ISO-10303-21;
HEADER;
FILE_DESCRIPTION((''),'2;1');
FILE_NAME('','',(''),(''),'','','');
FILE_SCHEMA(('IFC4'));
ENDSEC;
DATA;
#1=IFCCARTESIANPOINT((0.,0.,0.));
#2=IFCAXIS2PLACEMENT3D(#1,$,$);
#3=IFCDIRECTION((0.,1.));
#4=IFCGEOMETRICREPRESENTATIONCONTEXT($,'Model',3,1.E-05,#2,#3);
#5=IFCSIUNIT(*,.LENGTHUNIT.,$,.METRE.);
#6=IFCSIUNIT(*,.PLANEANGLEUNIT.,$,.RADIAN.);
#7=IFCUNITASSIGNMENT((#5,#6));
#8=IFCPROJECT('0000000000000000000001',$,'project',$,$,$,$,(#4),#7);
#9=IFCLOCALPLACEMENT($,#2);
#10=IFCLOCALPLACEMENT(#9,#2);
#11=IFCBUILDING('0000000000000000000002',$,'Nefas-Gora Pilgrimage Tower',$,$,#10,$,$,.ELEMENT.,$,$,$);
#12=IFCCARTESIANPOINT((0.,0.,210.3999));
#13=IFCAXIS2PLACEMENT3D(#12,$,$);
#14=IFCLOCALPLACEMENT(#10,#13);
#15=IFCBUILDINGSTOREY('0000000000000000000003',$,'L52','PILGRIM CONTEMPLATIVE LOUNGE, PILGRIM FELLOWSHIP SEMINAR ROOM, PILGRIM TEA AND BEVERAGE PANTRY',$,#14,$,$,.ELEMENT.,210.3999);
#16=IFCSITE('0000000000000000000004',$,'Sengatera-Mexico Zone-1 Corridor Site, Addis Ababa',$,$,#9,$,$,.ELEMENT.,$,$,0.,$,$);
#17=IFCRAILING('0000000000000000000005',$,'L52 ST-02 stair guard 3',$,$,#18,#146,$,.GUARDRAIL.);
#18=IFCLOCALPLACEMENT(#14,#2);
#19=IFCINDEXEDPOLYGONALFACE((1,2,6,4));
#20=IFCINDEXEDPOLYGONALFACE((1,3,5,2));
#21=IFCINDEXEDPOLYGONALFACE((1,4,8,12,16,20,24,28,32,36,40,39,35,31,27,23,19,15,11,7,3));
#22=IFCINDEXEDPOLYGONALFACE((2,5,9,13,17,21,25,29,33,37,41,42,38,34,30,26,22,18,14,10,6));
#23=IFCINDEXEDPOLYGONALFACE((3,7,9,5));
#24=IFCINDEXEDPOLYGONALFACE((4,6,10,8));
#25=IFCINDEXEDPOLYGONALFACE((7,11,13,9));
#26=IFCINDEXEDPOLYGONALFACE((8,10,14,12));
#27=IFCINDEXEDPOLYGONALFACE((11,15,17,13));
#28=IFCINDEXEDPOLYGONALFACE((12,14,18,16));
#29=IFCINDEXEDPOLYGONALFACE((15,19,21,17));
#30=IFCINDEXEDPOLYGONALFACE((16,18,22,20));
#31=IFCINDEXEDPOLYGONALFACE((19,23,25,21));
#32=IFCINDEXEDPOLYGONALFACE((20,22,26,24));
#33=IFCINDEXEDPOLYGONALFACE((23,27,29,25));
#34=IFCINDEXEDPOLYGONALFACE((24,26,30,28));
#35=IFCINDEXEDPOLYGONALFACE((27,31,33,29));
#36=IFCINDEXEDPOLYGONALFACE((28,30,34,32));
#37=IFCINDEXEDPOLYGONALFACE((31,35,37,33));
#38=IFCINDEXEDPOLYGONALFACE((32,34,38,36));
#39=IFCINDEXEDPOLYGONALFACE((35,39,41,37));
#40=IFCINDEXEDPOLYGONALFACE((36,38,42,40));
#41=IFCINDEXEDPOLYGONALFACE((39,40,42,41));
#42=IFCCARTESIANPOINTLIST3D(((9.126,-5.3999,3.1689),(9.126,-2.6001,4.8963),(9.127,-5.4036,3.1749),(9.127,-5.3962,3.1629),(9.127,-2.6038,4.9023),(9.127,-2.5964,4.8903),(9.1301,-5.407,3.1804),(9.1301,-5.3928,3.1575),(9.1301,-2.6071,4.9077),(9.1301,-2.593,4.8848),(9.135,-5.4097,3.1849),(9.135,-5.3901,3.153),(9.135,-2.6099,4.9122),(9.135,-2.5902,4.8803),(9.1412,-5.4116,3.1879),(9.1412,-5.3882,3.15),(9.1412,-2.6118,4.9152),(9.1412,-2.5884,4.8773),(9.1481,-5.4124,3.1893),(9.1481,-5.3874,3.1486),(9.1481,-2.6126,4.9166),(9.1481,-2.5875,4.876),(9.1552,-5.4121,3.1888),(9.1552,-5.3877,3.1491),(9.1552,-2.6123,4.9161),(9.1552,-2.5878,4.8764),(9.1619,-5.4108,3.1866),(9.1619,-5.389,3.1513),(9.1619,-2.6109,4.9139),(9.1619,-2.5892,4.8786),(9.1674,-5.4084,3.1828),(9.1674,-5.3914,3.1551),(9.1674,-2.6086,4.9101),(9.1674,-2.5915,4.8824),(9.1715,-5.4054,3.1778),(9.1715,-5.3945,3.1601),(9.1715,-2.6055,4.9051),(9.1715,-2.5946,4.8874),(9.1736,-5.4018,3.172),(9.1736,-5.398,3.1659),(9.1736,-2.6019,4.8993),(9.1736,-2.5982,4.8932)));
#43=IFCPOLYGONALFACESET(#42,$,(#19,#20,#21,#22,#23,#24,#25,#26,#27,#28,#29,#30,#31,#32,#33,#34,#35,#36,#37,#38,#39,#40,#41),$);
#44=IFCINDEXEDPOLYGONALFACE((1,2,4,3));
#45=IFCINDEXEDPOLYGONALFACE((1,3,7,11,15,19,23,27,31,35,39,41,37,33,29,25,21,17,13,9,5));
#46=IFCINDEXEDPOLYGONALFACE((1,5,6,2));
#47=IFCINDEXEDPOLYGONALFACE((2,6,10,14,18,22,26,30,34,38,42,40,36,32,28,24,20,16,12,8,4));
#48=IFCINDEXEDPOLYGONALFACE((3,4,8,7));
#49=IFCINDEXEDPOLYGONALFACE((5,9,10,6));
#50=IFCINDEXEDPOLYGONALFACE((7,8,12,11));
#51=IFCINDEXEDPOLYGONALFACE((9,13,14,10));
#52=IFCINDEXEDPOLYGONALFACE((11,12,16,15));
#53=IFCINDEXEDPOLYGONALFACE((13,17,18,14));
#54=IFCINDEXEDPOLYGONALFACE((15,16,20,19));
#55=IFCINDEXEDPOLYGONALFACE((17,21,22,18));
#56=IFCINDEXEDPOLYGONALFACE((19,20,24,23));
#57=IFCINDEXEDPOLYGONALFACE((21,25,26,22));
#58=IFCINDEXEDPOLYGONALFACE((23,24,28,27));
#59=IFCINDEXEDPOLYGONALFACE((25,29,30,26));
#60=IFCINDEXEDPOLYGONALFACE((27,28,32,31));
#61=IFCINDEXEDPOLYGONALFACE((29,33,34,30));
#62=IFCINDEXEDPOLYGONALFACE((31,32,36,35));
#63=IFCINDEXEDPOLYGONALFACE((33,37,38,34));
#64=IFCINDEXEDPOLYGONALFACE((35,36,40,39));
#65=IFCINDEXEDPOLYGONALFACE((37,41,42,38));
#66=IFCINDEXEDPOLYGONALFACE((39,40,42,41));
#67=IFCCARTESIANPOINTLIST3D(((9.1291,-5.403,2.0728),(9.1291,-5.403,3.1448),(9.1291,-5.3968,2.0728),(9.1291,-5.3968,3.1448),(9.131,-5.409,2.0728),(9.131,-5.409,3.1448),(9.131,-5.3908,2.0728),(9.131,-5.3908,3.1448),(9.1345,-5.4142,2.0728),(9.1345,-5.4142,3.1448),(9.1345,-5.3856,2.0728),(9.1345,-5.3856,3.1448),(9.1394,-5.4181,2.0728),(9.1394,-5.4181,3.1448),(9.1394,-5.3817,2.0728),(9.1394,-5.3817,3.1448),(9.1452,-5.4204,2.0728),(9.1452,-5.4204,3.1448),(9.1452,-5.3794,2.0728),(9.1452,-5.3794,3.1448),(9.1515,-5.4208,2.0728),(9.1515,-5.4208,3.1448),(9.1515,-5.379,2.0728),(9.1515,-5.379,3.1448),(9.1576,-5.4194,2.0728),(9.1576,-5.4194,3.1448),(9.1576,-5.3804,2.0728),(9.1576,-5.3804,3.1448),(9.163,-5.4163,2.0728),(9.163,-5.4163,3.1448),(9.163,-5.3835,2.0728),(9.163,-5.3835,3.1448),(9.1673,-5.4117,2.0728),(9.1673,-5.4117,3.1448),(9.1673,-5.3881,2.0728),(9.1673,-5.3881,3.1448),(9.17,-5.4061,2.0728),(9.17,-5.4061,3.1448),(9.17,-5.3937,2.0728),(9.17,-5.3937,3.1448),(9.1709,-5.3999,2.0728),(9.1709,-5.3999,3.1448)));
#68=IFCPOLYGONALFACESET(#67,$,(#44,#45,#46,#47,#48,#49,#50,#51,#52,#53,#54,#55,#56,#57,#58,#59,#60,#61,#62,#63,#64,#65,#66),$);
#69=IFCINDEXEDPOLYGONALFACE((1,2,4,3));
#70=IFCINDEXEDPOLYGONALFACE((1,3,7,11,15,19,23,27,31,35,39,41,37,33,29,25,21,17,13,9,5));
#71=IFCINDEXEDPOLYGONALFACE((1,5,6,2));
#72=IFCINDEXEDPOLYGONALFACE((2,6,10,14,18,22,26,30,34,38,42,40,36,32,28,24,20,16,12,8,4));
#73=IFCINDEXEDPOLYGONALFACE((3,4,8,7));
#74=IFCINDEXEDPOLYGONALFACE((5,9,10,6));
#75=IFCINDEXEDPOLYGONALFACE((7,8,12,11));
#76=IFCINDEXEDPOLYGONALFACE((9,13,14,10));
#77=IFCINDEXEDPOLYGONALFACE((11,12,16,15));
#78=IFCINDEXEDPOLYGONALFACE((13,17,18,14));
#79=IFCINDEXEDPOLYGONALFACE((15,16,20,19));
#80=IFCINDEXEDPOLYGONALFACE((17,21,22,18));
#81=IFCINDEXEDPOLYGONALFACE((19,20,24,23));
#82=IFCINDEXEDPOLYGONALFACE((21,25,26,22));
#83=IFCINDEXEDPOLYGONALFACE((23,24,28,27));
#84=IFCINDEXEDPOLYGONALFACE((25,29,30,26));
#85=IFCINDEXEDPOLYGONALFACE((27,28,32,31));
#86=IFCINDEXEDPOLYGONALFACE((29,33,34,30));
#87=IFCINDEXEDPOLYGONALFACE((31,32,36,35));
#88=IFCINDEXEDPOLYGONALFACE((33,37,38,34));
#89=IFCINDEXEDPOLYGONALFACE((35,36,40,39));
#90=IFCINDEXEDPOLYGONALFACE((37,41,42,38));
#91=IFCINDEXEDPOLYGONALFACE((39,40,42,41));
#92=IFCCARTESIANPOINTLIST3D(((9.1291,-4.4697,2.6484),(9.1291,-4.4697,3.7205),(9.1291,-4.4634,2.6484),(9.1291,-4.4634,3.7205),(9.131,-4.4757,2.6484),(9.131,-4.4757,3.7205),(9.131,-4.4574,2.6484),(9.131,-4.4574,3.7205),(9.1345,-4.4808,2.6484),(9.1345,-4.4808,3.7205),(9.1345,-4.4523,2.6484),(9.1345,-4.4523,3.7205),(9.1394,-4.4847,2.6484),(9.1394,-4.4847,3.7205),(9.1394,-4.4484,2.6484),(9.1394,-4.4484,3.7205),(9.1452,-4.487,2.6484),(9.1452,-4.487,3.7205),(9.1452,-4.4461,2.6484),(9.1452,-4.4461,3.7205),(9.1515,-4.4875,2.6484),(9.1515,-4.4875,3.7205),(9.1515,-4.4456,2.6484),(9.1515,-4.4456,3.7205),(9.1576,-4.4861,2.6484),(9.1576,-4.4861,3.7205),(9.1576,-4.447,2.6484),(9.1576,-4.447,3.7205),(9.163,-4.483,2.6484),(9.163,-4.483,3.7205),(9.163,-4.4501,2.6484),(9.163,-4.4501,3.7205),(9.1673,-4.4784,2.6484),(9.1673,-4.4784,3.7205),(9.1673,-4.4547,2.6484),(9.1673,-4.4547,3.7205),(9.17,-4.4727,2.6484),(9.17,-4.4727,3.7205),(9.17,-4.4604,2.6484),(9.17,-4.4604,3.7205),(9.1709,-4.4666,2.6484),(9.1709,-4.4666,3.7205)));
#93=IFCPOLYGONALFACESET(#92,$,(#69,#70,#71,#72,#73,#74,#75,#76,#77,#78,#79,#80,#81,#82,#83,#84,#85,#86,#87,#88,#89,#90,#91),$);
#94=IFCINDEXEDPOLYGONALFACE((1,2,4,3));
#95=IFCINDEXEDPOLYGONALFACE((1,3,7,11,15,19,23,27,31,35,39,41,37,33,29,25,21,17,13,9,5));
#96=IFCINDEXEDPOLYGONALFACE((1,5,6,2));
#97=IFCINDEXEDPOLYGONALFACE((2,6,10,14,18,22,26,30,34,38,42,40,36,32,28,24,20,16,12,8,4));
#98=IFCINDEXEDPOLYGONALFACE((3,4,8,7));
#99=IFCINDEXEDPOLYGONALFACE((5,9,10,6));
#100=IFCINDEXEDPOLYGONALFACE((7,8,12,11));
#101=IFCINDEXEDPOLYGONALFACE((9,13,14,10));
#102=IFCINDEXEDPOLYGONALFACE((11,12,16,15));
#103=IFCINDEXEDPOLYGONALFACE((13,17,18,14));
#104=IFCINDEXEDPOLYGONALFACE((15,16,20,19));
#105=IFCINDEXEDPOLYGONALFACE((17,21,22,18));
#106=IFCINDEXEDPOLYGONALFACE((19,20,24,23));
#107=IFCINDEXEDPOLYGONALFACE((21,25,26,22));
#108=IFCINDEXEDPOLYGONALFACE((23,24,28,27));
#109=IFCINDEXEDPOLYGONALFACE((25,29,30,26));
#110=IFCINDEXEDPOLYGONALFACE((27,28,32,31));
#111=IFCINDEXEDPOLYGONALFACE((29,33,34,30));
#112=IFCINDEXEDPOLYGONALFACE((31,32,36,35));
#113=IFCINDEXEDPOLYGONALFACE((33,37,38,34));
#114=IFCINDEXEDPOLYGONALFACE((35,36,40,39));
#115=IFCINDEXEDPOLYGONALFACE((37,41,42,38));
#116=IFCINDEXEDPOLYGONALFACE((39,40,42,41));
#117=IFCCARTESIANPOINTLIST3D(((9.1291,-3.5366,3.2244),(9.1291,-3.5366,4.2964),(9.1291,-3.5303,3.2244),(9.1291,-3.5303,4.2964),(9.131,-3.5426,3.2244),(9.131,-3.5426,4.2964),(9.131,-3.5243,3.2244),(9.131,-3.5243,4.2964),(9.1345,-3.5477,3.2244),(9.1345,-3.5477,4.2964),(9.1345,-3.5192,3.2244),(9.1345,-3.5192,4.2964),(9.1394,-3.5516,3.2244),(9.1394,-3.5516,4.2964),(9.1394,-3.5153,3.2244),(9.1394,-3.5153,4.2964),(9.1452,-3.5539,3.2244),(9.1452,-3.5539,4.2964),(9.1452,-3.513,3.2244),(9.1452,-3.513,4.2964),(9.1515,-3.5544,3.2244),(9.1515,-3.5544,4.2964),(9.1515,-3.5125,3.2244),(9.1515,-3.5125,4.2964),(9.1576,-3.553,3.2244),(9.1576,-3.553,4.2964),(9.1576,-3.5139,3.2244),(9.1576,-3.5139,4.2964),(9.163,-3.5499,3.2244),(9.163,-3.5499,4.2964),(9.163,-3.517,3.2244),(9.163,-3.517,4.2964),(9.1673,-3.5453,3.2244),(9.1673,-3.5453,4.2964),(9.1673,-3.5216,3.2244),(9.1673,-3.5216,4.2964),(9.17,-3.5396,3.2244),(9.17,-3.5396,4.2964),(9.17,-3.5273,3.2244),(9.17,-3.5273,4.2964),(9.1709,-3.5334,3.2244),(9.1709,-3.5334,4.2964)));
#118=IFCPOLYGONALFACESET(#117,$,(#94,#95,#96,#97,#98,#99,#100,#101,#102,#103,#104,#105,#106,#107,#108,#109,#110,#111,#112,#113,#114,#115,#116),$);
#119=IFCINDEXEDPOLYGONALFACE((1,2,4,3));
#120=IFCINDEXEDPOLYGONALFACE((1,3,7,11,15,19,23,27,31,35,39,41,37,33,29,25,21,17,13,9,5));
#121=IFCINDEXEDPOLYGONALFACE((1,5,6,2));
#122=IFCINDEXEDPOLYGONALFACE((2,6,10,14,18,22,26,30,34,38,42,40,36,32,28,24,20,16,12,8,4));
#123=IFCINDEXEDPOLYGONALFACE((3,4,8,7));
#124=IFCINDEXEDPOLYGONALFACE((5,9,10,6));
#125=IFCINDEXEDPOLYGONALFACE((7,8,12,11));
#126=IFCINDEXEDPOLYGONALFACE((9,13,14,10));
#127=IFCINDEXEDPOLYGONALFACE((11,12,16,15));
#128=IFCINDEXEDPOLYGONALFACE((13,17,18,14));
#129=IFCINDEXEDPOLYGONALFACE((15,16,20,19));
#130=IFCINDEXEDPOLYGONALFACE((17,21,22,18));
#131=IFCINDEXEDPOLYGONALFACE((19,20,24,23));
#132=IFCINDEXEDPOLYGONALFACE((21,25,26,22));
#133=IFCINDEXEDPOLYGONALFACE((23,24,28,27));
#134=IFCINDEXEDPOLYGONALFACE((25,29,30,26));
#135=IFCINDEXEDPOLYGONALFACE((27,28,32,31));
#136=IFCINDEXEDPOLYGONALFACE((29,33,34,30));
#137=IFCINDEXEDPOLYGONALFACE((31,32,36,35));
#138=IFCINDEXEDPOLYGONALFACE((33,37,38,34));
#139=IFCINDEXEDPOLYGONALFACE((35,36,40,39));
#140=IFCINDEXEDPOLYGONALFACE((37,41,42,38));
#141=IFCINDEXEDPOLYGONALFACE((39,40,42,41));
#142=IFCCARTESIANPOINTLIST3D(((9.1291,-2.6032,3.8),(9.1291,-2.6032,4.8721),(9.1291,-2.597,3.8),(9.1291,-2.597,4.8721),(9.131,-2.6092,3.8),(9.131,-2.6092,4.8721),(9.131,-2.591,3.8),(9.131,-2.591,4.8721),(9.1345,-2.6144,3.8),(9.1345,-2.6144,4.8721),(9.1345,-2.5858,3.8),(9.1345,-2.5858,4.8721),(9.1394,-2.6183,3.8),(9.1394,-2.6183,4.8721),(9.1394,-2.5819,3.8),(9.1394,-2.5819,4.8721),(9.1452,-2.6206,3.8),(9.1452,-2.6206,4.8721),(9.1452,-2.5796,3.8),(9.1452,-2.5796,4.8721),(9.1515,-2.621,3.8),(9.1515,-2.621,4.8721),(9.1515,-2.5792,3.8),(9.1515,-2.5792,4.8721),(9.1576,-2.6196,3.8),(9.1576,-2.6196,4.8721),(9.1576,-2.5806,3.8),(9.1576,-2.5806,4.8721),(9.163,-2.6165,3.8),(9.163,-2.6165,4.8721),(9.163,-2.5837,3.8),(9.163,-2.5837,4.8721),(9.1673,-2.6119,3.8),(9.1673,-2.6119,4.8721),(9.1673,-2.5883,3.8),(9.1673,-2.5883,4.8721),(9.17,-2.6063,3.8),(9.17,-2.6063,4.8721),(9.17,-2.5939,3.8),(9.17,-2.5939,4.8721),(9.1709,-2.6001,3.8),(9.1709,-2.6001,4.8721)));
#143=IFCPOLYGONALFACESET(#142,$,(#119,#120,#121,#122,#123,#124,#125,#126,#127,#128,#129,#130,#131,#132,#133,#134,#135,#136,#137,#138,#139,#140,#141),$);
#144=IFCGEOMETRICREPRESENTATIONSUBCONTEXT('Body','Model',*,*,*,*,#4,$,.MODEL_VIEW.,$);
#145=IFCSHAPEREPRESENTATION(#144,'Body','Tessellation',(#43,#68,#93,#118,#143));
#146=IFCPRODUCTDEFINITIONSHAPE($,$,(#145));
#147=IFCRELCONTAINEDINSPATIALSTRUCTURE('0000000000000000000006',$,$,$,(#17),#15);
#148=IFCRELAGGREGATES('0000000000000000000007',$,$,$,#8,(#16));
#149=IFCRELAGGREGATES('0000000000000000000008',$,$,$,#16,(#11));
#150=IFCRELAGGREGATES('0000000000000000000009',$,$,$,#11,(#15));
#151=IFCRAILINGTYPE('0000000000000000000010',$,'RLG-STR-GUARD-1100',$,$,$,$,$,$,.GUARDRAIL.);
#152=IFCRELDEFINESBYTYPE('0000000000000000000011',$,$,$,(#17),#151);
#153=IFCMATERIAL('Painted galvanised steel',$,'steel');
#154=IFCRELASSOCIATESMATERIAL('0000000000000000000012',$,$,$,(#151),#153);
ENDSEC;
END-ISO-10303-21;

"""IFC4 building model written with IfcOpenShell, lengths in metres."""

from ifc_helpers import new_model, si_unit, direction, frame, origin, origin_2d, place, context, subcontext, project, spatial, circle, extrude, material, type_object, element, save


model = new_model("IFC4")

# Units and contexts
model_context = context("Model", 3, precision=1e-05, world=origin(), true_north=direction((0.0, 1.0)))
body_context = subcontext(model_context, "Body", "Model", "MODEL_VIEW")
ifc_project = project(units=[si_unit("LENGTHUNIT", "METRE"), si_unit("PLANEANGLEUNIT", "RADIAN")], contexts=[model_context])

# Site, building, storey
site_placement = place(None, origin())
site = spatial("IfcSite", under=ifc_project, at=site_placement, Name="Sengatera-Mexico Zone-1 Corridor Site, Addis Ababa", CompositionType="ELEMENT", RefElevation=0.0)
building_placement = place(site_placement, origin())
building = spatial("IfcBuilding", under=site, at=building_placement, Name="Nefas-Gora Pilgrimage Tower", CompositionType="ELEMENT")
storey_placement = place(building_placement, frame((0.0, 0.0, 210.3999)))
storey = spatial("IfcBuildingStorey", under=building, at=storey_placement, Name="L52", Description="PILGRIM CONTEMPLATIVE LOUNGE, PILGRIM FELLOWSHIP SEMINAR ROOM, PILGRIM TEA AND BEVERAGE PANTRY", CompositionType="ELEMENT", Elevation=210.3999)

# Railing
ifc_material_1 = material(Name="Painted galvanised steel", Category="steel")
railing_type_1 = type_object("IfcRailingType", Name="RLG-STR-GUARD-1100", PredefinedType="GUARDRAIL", material=ifc_material_1)
railing_1_placement = place(storey_placement, frame((9.1499, -5.3999, 2.0728)))
element("IfcRailing", 1, at=railing_1_placement, inside=storey, type_object=railing_type_1, Name="L52 ST-02 stair guard 3", PredefinedType="GUARDRAIL", context=body_context, shape_type="SweptSolid", body=[
    extrude(circle(Radius=0.0239, at=origin_2d()), frame((0.0, 0.0, 1.0962), z_axis=(0.0, 0.851069, 0.525054), x_axis=(-1.0, 0.0, 0.0)), (0.0, 0.0, 1.0), 3.2898),
    extrude(circle(Radius=0.021, at=origin_2d()), origin(), (0.0, 0.0, 1.0), 1.072),
    extrude(circle(Radius=0.021, at=origin_2d()), frame((0.0, 0.9333, 0.5757)), (0.0, 0.0, 1.0), 1.072),
    extrude(circle(Radius=0.021, at=origin_2d()), frame((0.0, 1.8665, 1.1516)), (0.0, 0.0, 1.0), 1.072),
    extrude(circle(Radius=0.021, at=origin_2d()), frame((0.0, 2.7998, 1.7273)), (0.0, 0.0, 1.0), 1.072),
])

save(model, "model.ifc")
